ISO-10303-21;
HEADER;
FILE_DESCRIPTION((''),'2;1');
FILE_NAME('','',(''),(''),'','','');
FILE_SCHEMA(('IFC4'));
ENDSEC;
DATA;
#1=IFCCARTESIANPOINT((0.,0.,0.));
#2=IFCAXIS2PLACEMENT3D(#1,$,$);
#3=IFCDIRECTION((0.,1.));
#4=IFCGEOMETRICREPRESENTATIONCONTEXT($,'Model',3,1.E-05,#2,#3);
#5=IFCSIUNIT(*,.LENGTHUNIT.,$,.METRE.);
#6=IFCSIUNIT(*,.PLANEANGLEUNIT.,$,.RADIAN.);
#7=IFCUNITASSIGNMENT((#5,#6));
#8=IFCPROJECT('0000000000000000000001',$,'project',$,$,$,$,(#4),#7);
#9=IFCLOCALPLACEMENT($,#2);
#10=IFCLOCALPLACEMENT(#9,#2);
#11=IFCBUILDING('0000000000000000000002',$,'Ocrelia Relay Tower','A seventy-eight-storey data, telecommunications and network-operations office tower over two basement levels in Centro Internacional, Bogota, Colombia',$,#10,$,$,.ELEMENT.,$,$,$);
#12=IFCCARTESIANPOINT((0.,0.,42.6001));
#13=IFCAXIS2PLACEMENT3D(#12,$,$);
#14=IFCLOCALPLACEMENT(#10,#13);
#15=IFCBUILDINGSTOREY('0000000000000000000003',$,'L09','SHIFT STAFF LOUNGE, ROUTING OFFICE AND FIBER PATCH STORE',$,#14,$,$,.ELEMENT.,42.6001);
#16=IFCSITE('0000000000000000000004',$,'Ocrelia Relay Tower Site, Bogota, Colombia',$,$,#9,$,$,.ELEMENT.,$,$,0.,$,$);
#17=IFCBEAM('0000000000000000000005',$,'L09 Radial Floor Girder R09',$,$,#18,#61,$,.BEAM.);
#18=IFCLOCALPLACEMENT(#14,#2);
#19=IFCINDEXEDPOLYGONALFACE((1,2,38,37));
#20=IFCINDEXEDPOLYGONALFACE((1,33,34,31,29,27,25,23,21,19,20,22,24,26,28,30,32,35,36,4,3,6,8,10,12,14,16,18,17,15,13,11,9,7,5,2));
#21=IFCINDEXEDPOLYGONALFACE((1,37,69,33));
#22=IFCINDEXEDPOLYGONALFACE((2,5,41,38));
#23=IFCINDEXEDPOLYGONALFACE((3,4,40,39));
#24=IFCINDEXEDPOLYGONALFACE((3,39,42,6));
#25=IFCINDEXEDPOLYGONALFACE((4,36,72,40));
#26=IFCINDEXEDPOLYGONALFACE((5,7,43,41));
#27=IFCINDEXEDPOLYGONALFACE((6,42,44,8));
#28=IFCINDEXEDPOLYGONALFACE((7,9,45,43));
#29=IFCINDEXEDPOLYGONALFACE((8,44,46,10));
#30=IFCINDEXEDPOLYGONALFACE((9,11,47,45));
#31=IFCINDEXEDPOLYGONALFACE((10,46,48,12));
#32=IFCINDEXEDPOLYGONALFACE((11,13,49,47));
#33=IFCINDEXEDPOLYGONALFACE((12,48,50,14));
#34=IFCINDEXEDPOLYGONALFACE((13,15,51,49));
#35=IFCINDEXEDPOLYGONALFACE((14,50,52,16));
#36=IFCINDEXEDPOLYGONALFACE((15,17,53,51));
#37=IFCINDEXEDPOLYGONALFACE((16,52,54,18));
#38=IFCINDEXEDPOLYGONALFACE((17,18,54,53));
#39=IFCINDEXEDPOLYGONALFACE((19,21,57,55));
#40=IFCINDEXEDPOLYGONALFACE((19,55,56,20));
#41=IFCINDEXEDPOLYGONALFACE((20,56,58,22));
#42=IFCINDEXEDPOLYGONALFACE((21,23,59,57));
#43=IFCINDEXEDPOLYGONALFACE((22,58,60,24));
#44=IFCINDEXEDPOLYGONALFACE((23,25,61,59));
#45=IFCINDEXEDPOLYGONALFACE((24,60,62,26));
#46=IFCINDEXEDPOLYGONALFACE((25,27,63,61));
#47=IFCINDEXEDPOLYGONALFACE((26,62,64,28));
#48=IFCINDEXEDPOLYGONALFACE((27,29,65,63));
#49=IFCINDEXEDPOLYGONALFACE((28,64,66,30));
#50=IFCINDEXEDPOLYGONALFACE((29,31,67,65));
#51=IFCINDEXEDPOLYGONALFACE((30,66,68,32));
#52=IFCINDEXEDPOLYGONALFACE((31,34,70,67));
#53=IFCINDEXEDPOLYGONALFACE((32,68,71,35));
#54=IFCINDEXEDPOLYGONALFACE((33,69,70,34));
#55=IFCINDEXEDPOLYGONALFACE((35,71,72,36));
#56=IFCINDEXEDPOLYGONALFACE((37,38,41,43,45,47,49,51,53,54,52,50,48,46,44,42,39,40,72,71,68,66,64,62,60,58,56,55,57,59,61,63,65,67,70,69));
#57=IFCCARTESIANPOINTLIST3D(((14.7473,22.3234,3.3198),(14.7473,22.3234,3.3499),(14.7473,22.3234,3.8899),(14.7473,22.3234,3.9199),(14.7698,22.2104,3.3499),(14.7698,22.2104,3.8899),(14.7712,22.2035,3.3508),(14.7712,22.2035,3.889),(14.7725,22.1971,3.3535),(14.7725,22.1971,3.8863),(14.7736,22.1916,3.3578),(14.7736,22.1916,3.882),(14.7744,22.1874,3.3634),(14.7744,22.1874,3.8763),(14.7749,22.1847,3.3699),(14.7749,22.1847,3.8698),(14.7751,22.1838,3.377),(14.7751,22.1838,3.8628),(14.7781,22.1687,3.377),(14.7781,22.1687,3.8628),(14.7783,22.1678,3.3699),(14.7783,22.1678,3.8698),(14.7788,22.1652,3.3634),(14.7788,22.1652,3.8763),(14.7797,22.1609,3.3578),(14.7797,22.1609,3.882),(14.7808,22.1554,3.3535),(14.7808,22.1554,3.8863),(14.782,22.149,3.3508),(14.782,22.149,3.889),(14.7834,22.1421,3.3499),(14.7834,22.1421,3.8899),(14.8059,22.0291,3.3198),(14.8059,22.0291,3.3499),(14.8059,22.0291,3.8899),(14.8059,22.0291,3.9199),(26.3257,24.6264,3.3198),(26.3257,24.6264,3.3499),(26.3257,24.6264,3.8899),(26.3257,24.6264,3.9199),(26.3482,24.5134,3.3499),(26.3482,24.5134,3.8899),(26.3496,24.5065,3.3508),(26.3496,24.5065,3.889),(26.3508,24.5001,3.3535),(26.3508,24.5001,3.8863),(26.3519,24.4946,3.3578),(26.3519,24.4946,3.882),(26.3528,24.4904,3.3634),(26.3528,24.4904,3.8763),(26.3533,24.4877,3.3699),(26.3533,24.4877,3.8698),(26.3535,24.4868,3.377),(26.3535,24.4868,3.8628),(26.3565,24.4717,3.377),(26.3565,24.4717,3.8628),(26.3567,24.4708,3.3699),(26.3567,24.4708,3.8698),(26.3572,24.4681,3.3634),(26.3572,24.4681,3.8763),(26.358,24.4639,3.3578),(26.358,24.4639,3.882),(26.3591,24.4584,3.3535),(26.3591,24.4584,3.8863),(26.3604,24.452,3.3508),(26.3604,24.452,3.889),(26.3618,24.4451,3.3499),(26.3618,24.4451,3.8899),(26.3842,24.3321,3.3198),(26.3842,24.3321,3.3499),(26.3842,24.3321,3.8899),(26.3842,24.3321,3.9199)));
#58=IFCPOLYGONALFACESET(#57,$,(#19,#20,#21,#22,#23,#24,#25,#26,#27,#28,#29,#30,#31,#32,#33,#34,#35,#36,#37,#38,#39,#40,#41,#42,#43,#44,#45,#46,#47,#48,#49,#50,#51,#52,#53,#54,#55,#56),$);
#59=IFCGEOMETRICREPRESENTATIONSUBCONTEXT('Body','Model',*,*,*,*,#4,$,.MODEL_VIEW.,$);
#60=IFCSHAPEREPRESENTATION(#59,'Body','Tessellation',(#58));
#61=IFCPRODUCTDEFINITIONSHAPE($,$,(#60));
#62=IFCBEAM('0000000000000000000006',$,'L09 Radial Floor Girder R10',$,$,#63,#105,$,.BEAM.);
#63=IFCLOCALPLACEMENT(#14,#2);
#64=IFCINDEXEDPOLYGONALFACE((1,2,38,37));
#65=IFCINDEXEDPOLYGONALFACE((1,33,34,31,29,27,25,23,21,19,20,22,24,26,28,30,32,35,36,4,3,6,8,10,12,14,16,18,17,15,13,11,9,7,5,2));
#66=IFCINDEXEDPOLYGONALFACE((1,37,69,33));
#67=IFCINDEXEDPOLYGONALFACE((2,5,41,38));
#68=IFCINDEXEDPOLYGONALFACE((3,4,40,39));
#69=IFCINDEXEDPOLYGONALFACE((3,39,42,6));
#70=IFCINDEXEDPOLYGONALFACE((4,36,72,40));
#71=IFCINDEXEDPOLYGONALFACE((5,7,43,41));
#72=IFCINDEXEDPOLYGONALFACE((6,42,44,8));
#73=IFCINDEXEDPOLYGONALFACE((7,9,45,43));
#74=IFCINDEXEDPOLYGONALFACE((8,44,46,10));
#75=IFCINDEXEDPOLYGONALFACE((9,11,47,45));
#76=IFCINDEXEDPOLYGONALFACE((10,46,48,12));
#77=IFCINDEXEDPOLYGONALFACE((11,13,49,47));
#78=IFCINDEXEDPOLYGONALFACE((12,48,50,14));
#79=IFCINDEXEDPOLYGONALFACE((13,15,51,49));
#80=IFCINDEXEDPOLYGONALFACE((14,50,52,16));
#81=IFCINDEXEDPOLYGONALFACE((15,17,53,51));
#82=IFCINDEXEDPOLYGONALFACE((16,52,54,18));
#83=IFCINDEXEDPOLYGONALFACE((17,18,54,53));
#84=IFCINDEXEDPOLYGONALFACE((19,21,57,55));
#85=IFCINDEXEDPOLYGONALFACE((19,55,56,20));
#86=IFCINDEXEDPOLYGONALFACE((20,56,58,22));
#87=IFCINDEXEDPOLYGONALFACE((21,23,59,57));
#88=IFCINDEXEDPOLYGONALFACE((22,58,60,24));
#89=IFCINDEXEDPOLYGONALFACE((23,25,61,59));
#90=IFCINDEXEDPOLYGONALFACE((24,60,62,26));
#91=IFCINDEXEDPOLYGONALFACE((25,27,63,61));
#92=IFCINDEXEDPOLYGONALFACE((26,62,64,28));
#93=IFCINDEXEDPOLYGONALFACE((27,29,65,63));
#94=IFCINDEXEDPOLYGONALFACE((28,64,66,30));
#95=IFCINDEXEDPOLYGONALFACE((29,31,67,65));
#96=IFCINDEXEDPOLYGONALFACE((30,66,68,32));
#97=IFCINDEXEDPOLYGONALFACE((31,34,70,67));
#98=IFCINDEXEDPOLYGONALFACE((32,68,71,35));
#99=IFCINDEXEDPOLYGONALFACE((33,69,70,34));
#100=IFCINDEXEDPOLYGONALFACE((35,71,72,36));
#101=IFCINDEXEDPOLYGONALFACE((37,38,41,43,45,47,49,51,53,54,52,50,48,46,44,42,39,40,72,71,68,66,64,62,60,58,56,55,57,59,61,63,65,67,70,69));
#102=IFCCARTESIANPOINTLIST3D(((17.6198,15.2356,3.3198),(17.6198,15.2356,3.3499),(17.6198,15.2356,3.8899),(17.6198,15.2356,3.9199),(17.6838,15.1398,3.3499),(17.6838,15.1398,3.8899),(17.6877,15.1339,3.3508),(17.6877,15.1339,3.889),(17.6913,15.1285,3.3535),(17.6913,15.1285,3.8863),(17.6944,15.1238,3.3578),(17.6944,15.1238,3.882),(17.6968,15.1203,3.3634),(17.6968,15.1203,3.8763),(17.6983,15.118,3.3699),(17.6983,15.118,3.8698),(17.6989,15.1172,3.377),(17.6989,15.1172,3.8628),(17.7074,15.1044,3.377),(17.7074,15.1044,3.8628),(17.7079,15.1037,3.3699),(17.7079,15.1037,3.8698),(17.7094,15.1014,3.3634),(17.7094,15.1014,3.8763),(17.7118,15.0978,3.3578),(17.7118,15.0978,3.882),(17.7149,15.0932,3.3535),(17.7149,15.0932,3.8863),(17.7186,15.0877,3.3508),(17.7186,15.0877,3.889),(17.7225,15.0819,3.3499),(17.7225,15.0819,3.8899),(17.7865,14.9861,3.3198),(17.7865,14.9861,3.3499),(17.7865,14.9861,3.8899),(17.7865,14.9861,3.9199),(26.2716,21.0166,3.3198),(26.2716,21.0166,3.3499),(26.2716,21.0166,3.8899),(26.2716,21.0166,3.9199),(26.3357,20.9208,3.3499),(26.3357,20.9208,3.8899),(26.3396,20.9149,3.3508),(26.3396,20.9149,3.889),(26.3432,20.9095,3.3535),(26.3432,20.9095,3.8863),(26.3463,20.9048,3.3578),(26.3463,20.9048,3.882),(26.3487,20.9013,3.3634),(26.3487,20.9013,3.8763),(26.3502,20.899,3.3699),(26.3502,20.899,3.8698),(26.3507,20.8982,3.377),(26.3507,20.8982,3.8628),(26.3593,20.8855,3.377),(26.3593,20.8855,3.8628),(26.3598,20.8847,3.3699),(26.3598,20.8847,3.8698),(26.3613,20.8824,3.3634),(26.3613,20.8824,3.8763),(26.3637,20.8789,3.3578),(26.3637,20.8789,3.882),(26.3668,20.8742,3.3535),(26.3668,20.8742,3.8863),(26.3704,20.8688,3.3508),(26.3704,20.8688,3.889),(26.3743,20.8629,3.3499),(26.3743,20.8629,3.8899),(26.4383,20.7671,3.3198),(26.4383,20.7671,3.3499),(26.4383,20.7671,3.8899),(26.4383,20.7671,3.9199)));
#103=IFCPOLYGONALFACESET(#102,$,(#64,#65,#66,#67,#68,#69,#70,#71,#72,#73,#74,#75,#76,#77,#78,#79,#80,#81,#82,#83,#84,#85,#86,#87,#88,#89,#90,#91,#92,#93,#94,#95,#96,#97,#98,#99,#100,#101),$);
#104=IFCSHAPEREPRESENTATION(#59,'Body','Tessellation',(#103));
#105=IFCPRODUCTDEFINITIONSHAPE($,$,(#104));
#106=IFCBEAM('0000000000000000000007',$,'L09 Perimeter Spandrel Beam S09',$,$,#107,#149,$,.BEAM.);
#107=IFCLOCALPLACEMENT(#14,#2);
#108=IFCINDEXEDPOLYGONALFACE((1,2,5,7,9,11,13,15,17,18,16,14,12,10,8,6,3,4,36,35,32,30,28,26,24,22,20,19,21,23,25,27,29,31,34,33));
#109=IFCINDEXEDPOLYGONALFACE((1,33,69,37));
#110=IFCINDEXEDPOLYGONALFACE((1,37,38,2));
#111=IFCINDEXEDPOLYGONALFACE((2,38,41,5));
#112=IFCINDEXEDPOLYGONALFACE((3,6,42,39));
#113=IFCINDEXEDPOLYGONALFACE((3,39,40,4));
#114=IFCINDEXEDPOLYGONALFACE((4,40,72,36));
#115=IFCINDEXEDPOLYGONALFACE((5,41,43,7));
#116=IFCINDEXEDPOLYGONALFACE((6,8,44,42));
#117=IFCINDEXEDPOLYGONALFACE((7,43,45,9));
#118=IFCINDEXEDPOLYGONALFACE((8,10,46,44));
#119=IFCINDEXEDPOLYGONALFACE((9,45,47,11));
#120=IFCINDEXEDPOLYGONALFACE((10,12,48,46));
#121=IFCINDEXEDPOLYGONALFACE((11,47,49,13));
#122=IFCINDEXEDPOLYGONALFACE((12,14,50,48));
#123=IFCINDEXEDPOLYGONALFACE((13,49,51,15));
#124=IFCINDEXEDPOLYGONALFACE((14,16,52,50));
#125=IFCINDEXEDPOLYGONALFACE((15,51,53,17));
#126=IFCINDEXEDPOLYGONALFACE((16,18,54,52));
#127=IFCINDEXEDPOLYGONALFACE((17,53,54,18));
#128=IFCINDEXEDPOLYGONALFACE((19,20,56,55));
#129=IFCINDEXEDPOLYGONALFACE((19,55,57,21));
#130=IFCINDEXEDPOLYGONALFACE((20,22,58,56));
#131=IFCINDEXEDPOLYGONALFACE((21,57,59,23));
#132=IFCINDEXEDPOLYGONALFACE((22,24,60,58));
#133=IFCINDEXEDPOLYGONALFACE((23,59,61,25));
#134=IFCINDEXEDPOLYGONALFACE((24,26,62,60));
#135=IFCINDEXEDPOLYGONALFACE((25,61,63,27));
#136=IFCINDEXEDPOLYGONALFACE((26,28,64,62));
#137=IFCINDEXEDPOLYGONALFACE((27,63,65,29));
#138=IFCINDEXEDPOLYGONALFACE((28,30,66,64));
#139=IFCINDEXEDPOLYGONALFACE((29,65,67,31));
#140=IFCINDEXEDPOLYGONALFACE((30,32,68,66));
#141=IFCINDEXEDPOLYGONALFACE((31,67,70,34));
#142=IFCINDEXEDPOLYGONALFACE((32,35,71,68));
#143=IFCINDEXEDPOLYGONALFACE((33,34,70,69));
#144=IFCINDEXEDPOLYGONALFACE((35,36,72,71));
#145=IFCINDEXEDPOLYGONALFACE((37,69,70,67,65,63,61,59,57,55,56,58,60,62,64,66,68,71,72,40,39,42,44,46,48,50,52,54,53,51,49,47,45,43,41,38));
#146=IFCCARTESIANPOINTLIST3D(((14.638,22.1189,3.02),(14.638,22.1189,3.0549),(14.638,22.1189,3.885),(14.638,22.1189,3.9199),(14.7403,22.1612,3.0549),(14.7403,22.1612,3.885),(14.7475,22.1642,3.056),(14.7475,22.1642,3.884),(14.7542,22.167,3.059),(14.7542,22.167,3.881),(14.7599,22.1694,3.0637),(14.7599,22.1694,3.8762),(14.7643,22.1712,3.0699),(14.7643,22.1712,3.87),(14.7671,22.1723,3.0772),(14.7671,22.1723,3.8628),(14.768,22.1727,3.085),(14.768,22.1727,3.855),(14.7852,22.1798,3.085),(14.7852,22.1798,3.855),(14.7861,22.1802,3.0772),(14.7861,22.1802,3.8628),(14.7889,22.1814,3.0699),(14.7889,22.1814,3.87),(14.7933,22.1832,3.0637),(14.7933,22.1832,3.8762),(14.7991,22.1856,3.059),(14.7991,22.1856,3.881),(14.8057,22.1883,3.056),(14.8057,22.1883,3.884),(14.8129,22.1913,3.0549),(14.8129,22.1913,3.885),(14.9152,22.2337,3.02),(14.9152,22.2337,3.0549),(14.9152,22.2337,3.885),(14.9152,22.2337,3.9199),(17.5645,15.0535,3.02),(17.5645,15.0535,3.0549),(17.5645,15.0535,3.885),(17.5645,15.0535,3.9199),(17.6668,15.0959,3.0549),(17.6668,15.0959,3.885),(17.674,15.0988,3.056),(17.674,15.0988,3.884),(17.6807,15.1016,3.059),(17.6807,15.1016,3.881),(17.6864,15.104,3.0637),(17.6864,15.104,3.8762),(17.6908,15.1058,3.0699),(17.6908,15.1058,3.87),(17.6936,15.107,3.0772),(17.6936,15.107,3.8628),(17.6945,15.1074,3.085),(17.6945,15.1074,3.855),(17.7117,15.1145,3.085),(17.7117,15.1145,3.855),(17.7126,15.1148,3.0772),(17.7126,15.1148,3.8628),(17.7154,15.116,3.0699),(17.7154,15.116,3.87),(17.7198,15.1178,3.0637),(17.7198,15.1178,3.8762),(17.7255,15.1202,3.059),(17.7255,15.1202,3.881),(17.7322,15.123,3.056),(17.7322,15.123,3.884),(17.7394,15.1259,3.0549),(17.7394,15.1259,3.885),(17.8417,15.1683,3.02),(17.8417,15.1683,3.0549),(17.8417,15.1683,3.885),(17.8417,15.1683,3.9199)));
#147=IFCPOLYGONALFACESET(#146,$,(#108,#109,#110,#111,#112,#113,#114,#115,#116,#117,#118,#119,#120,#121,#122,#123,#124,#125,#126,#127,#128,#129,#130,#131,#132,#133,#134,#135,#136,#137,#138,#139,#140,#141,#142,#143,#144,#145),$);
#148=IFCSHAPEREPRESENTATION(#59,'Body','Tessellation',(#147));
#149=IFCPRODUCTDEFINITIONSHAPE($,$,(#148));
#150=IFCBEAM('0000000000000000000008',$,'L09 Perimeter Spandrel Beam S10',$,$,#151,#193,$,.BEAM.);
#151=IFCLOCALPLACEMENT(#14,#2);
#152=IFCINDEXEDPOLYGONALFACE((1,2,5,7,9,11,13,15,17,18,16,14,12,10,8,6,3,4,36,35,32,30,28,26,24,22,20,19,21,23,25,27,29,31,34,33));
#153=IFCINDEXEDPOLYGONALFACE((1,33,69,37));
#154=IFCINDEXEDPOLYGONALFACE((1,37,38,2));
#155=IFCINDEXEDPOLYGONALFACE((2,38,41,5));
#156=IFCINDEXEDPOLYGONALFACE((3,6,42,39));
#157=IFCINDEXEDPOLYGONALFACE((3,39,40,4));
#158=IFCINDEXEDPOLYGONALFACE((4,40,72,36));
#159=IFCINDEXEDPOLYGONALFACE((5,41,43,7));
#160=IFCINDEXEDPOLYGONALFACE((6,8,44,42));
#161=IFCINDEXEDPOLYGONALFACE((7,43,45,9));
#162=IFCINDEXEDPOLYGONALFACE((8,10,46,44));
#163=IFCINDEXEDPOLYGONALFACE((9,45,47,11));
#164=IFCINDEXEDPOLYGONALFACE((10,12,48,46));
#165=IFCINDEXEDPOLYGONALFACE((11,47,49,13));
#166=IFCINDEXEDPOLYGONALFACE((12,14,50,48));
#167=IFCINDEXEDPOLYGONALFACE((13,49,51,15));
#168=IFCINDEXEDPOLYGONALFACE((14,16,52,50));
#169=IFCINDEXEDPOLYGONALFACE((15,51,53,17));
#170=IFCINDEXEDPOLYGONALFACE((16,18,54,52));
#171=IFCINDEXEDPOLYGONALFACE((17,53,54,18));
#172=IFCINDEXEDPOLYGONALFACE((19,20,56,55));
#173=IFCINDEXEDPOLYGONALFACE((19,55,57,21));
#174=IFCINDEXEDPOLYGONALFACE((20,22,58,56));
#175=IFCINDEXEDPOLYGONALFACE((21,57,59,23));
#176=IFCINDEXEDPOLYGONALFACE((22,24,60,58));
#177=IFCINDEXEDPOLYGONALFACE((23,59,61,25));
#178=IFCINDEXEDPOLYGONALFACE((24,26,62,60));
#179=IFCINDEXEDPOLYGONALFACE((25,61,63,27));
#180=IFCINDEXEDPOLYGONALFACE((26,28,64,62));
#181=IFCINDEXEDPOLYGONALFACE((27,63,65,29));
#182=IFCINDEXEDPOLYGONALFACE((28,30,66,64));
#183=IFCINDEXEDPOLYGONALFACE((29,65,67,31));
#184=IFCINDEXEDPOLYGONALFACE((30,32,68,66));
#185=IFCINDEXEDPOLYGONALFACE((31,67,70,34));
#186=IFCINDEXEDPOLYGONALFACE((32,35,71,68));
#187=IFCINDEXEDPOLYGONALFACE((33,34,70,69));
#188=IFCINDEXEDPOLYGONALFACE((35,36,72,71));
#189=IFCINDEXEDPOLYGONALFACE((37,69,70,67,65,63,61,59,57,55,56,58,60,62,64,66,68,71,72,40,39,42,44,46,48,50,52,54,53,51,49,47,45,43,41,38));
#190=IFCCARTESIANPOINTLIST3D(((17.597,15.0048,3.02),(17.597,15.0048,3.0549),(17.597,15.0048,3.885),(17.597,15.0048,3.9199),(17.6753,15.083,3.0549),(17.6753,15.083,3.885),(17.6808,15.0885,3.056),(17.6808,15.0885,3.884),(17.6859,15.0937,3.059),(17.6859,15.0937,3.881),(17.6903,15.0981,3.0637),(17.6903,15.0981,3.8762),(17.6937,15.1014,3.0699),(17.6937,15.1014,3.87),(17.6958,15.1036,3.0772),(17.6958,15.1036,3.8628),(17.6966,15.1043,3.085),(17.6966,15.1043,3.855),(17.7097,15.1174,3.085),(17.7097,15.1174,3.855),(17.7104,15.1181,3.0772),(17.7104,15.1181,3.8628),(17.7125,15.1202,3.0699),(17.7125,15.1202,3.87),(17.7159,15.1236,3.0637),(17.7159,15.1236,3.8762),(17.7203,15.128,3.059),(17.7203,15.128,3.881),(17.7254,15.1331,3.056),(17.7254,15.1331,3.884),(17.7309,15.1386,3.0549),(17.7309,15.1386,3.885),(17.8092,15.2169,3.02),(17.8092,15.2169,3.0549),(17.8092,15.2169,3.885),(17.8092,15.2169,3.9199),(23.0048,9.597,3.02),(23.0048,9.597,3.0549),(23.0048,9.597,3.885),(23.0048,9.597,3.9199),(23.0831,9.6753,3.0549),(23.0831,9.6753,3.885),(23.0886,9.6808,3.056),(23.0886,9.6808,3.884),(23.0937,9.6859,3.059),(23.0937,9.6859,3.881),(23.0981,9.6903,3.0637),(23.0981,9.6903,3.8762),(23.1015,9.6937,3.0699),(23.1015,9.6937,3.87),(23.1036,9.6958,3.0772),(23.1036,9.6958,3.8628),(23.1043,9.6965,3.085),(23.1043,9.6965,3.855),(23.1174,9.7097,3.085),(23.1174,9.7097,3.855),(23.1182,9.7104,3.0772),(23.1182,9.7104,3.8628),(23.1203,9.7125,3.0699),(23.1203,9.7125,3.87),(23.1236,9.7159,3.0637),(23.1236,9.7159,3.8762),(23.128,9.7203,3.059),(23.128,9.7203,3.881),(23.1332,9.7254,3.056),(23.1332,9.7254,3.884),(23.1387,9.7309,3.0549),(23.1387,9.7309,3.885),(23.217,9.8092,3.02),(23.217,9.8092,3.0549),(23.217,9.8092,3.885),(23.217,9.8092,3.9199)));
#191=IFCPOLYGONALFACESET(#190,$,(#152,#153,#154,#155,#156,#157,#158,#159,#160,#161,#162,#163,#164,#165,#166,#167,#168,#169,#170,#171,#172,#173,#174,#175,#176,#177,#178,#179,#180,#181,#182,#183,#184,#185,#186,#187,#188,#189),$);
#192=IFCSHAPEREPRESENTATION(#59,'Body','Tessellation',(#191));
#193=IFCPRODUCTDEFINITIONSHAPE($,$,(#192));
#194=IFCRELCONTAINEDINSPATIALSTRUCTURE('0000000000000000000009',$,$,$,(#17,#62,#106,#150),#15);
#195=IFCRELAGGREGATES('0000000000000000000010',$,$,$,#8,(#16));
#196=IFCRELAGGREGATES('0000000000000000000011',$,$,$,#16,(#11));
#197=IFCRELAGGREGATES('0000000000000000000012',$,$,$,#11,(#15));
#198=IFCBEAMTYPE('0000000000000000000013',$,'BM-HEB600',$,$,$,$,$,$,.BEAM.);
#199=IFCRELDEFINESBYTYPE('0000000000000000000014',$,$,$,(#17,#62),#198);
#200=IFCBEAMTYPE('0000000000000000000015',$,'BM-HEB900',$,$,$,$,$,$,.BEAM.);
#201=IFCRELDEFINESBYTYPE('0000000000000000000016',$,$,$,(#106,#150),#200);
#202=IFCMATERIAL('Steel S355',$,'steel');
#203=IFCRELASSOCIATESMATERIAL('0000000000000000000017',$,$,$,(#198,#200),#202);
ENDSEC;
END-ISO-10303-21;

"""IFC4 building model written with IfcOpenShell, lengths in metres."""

from ifc_helpers import new_model, si_unit, direction, frame, origin, origin_2d, place, context, subcontext, project, spatial, i_section, extrude, material, material_profile, profile_set, type_object, element, save


model = new_model("IFC4")

# Units and contexts
model_context = context("Model", 3, precision=1e-05, world=origin(), true_north=direction((0.0, 1.0)))
body_context = subcontext(model_context, "Body", "Model", "MODEL_VIEW")
ifc_project = project(units=[si_unit("LENGTHUNIT", "METRE"), si_unit("PLANEANGLEUNIT", "RADIAN")], contexts=[model_context])

# Site, building, storey
site_placement = place(None, origin())
site = spatial("IfcSite", under=ifc_project, at=site_placement, Name="Ocrelia Relay Tower Site, Bogota, Colombia", CompositionType="ELEMENT", RefElevation=0.0)
building_placement = place(site_placement, origin())
building = spatial("IfcBuilding", under=site, at=building_placement, Name="Ocrelia Relay Tower", Description="A seventy-eight-storey data, telecommunications and network-operations office tower over two basement levels in Centro Internacional, Bogota, Colombia", CompositionType="ELEMENT")
storey_placement = place(building_placement, frame((0.0, 0.0, 42.6001)))
storey = spatial("IfcBuildingStorey", under=building, at=storey_placement, Name="L09", Description="SHIFT STAFF LOUNGE, ROUTING OFFICE AND FIBER PATCH STORE", CompositionType="ELEMENT", Elevation=42.6001)

# Beams
ifc_material_1 = material(Name="Steel S355", Category="steel")
ifc_material_profile_1 = material_profile(ifc_material_1, i_section(OverallWidth=0.3, OverallDepth=0.6001, WebThickness=0.0154, FlangeThickness=0.03, FilletRadius=0.0271, at=origin_2d()), Name="HEB 600")
ifc_profile_set_1 = profile_set([ifc_material_profile_1], Name="Steel S355")
beam_type_1 = type_object("IfcBeamType", Name="BM-HEB600", PredefinedType="BEAM", material=ifc_profile_set_1)
beam_1_placement = place(storey_placement, frame((14.7766, 22.1763, 3.6199), z_axis=(0.980787, 0.195082, 0.0), x_axis=(-0.195082, 0.980787, 0.0)))
element("IfcBeam", 1, at=beam_1_placement, inside=storey, type_object=beam_type_1, Name="L09 Radial Floor Girder R09", PredefinedType="BEAM", context=body_context, shape_type="SweptSolid", body=[
    extrude(i_section(OverallWidth=0.3, OverallDepth=0.6001, WebThickness=0.0154, FlangeThickness=0.03, FilletRadius=0.0271, at=origin_2d()), origin(), (0.0, 0.0, 1.0), 11.8052),
])
beam_2_placement = place(storey_placement, frame((17.7031, 15.1108, 3.6199), z_axis=(0.831469, 0.555572, 0.0), x_axis=(-0.555572, 0.831469, 0.0)))
element("IfcBeam", 2, at=beam_2_placement, inside=storey, type_object=beam_type_1, Name="L09 Radial Floor Girder R10", PredefinedType="BEAM", context=body_context, shape_type="SweptSolid", body=[
    extrude(i_section(OverallWidth=0.3, OverallDepth=0.6001, WebThickness=0.0154, FlangeThickness=0.03, FilletRadius=0.0271, at=origin_2d()), origin(), (0.0, 0.0, 1.0), 10.4055),
])
ifc_material_profile_2 = material_profile(ifc_material_1, i_section(OverallWidth=0.3, OverallDepth=0.8999, WebThickness=0.0186, FlangeThickness=0.0349, FilletRadius=0.03, at=origin_2d()), Name="HEB 900")
ifc_profile_set_2 = profile_set([ifc_material_profile_2], Name="Steel S355")
beam_type_2 = type_object("IfcBeamType", Name="BM-HEB900", PredefinedType="BEAM", material=ifc_profile_set_2)
beam_3_placement = place(storey_placement, frame((14.7766, 22.1763, 3.47), z_axis=(0.382674, -0.923883, 0.0), x_axis=(0.923883, 0.382674, 0.0)))
element("IfcBeam", 3, at=beam_3_placement, inside=storey, type_object=beam_type_2, Name="L09 Perimeter Spandrel Beam S09", PredefinedType="BEAM", context=body_context, shape_type="SweptSolid", body=[
    extrude(i_section(OverallWidth=0.3, OverallDepth=0.8999, WebThickness=0.0186, FlangeThickness=0.0349, FilletRadius=0.03, at=origin_2d()), origin(), (0.0, 0.0, 1.0), 7.6475),
])
beam_4_placement = place(storey_placement, frame((17.7031, 15.1108, 3.47), z_axis=(0.707107, -0.707107, 0.0), x_axis=(0.707107, 0.707107, 0.0)))
element("IfcBeam", 4, at=beam_4_placement, inside=storey, type_object=beam_type_2, Name="L09 Perimeter Spandrel Beam S10", PredefinedType="BEAM", context=body_context, shape_type="SweptSolid", body=[
    extrude(i_section(OverallWidth=0.3, OverallDepth=0.8999, WebThickness=0.0186, FlangeThickness=0.0349, FilletRadius=0.03, at=origin_2d()), origin(), (0.0, 0.0, 1.0), 7.6477),
])

save(model, "model.ifc")
